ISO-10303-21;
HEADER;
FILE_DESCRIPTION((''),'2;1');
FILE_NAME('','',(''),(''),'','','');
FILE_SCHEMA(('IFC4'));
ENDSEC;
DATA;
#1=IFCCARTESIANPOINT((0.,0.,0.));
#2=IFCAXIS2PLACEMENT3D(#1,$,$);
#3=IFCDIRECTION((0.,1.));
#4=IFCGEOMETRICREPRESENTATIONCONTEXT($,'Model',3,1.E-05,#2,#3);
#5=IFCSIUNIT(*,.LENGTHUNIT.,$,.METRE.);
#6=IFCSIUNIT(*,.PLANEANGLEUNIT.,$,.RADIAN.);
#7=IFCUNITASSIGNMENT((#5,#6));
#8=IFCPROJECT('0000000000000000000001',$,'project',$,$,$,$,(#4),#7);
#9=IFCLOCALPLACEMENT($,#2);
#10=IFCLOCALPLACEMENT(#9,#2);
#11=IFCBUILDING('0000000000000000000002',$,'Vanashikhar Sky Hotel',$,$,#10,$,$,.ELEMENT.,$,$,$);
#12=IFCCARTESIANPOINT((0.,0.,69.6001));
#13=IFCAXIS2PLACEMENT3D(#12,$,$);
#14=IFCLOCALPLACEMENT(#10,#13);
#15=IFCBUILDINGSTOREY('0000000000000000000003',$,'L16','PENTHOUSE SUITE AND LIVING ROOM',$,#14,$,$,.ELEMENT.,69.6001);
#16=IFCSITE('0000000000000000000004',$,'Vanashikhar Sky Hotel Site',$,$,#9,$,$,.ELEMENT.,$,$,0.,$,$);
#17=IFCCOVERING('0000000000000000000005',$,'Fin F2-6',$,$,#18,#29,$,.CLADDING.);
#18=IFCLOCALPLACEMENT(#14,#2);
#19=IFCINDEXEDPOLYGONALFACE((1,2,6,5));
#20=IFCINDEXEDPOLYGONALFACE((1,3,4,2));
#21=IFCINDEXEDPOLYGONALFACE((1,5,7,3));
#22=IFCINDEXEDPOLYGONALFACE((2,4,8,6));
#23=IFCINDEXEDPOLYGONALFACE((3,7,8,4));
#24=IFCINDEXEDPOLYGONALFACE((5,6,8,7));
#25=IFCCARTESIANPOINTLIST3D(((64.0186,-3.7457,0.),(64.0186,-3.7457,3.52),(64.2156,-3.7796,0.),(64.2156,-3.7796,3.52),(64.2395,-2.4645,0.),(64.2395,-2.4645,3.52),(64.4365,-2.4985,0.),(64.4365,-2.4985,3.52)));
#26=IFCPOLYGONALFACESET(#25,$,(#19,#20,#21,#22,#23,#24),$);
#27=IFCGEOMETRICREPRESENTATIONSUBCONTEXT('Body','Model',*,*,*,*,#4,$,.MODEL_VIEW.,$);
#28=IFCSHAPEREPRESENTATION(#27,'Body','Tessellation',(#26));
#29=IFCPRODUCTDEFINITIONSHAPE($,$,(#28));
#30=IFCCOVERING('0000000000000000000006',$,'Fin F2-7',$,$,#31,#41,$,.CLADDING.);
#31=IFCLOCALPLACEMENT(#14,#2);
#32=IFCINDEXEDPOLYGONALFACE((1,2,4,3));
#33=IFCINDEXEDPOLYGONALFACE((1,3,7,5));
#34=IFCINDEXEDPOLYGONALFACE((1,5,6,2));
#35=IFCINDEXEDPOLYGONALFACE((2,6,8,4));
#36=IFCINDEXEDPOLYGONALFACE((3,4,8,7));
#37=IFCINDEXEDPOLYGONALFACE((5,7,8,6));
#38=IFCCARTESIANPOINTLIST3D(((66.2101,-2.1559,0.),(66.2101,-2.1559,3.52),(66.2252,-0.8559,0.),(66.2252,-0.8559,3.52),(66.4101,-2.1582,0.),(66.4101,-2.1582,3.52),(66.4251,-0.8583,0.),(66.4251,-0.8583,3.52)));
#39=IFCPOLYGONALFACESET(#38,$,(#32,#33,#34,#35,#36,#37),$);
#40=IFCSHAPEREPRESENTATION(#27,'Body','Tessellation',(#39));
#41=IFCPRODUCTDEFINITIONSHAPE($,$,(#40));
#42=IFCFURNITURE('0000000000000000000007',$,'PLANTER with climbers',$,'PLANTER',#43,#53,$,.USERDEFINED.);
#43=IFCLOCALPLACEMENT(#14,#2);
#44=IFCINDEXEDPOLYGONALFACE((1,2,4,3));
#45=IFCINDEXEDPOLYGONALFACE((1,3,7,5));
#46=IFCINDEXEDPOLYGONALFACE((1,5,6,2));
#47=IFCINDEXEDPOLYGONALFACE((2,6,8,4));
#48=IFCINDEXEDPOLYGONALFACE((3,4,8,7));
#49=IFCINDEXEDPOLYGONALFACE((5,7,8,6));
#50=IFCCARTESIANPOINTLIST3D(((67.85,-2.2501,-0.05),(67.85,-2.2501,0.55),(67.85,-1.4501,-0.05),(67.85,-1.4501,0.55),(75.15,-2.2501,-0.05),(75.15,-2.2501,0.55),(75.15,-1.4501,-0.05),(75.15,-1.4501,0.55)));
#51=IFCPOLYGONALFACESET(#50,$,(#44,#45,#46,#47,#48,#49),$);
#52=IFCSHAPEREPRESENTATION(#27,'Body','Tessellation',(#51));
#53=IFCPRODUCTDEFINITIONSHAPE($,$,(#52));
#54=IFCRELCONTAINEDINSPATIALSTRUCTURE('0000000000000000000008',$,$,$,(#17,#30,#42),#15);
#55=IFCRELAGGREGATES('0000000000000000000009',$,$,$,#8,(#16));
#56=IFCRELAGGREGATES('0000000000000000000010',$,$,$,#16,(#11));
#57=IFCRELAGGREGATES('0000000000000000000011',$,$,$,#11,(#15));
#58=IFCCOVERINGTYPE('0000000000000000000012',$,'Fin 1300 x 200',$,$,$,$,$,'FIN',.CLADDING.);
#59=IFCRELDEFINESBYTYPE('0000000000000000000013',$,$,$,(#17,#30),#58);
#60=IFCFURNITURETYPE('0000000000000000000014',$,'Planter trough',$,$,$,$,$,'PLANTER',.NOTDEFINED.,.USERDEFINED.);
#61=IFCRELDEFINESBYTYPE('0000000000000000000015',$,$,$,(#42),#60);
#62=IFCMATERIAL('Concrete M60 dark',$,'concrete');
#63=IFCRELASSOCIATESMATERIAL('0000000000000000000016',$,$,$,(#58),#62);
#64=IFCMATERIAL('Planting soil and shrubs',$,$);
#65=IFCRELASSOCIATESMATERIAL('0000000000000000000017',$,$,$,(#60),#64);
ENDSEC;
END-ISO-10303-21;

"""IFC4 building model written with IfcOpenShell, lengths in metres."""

from ifc_helpers import new_model, si_unit, direction, frame, origin, origin_2d, place, context, subcontext, project, spatial, rectangle, extrude, source, transform, mapped, material, material_profile, profile_set, type_object, element, save


model = new_model("IFC4")

# Units and contexts
model_context = context("Model", 3, precision=1e-05, world=origin(), true_north=direction((0.0, 1.0)))
body_context = subcontext(model_context, "Body", "Model", "MODEL_VIEW")
ifc_project = project(units=[si_unit("LENGTHUNIT", "METRE"), si_unit("PLANEANGLEUNIT", "RADIAN")], contexts=[model_context])

# Site, building, storey
site_placement = place(None, origin())
site = spatial("IfcSite", under=ifc_project, at=site_placement, Name="Vanashikhar Sky Hotel Site", CompositionType="ELEMENT", RefElevation=0.0)
building_placement = place(site_placement, origin())
building = spatial("IfcBuilding", under=site, at=building_placement, Name="Vanashikhar Sky Hotel", CompositionType="ELEMENT")
storey_placement = place(building_placement, frame((0.0, 0.0, 69.6001)))
storey = spatial("IfcBuildingStorey", under=building, at=storey_placement, Name="L16", Description="PENTHOUSE SUITE AND LIVING ROOM", CompositionType="ELEMENT", Elevation=69.6001)

# Coverings
ifc_material_1 = material(Name="Concrete M60 dark", Category="concrete")
ifc_material_profile = material_profile(ifc_material_1, rectangle(XDim=1.3, YDim=0.2, at=origin_2d()))
ifc_profile_set = profile_set([ifc_material_profile], Name="Fin 1300 x 200")
covering_type_1 = type_object("IfcCoveringType", Name="Fin 1300 x 200", ElementType="FIN", PredefinedType="CLADDING", material=ifc_profile_set)
shared_shape_1 = source(origin(), body_context, "Body", "SweptSolid", [
    extrude(rectangle(XDim=1.3, YDim=0.2, at=origin_2d()), origin(), (0.0, 0.0, 1.0), 3.52),
])
for number, where, z_axis, x_axis, name in (
    (1, (64.2275, -3.1221, 0.0), (0.0, 0.0, 1.0), (-0.1699, -0.985461, 0.0), "Fin F2-6"),
    (2, (66.3176, -1.5071, 0.0), (0.0, 0.0, 1.0), (-0.011589, -0.999933, 0.0), "Fin F2-7"),
):
    element("IfcCovering", number, at=place(storey_placement, frame(where, z_axis=z_axis, x_axis=x_axis)), inside=storey, type_object=covering_type_1, Name=name, PredefinedType="CLADDING", context=body_context, shape_type="MappedRepresentation", body=[
        mapped(shared_shape_1, transform((0.0, 0.0, 0.0), scale=1.0)),
    ])

# Furniture
ifc_material_2 = material(Name="Planting soil and shrubs")
furniture_type = type_object("IfcFurnitureType", Name="Planter trough", ElementType="PLANTER", AssemblyPlace="NOTDEFINED", PredefinedType="USERDEFINED", material=ifc_material_2)
shared_shape_2 = source(origin(), body_context, "Body", "SweptSolid", [
    extrude(rectangle(XDim=7.3, YDim=0.8, at=origin_2d()), origin(), (0.0, 0.0, 1.0), 0.6001),
])
furniture_placement = place(storey_placement, frame((71.5, -1.8501, -0.05), z_axis=(0.0, 0.0, 1.0), x_axis=(1.0, 0.0, 0.0)))
element("IfcFurniture", 3, at=furniture_placement, inside=storey, type_object=furniture_type, Name="PLANTER with climbers", ObjectType="PLANTER", PredefinedType="USERDEFINED", context=body_context, shape_type="MappedRepresentation", body=[
    mapped(shared_shape_2, transform((0.0, 0.0, 0.0), scale=1.0)),
])

save(model, "model.ifc")
